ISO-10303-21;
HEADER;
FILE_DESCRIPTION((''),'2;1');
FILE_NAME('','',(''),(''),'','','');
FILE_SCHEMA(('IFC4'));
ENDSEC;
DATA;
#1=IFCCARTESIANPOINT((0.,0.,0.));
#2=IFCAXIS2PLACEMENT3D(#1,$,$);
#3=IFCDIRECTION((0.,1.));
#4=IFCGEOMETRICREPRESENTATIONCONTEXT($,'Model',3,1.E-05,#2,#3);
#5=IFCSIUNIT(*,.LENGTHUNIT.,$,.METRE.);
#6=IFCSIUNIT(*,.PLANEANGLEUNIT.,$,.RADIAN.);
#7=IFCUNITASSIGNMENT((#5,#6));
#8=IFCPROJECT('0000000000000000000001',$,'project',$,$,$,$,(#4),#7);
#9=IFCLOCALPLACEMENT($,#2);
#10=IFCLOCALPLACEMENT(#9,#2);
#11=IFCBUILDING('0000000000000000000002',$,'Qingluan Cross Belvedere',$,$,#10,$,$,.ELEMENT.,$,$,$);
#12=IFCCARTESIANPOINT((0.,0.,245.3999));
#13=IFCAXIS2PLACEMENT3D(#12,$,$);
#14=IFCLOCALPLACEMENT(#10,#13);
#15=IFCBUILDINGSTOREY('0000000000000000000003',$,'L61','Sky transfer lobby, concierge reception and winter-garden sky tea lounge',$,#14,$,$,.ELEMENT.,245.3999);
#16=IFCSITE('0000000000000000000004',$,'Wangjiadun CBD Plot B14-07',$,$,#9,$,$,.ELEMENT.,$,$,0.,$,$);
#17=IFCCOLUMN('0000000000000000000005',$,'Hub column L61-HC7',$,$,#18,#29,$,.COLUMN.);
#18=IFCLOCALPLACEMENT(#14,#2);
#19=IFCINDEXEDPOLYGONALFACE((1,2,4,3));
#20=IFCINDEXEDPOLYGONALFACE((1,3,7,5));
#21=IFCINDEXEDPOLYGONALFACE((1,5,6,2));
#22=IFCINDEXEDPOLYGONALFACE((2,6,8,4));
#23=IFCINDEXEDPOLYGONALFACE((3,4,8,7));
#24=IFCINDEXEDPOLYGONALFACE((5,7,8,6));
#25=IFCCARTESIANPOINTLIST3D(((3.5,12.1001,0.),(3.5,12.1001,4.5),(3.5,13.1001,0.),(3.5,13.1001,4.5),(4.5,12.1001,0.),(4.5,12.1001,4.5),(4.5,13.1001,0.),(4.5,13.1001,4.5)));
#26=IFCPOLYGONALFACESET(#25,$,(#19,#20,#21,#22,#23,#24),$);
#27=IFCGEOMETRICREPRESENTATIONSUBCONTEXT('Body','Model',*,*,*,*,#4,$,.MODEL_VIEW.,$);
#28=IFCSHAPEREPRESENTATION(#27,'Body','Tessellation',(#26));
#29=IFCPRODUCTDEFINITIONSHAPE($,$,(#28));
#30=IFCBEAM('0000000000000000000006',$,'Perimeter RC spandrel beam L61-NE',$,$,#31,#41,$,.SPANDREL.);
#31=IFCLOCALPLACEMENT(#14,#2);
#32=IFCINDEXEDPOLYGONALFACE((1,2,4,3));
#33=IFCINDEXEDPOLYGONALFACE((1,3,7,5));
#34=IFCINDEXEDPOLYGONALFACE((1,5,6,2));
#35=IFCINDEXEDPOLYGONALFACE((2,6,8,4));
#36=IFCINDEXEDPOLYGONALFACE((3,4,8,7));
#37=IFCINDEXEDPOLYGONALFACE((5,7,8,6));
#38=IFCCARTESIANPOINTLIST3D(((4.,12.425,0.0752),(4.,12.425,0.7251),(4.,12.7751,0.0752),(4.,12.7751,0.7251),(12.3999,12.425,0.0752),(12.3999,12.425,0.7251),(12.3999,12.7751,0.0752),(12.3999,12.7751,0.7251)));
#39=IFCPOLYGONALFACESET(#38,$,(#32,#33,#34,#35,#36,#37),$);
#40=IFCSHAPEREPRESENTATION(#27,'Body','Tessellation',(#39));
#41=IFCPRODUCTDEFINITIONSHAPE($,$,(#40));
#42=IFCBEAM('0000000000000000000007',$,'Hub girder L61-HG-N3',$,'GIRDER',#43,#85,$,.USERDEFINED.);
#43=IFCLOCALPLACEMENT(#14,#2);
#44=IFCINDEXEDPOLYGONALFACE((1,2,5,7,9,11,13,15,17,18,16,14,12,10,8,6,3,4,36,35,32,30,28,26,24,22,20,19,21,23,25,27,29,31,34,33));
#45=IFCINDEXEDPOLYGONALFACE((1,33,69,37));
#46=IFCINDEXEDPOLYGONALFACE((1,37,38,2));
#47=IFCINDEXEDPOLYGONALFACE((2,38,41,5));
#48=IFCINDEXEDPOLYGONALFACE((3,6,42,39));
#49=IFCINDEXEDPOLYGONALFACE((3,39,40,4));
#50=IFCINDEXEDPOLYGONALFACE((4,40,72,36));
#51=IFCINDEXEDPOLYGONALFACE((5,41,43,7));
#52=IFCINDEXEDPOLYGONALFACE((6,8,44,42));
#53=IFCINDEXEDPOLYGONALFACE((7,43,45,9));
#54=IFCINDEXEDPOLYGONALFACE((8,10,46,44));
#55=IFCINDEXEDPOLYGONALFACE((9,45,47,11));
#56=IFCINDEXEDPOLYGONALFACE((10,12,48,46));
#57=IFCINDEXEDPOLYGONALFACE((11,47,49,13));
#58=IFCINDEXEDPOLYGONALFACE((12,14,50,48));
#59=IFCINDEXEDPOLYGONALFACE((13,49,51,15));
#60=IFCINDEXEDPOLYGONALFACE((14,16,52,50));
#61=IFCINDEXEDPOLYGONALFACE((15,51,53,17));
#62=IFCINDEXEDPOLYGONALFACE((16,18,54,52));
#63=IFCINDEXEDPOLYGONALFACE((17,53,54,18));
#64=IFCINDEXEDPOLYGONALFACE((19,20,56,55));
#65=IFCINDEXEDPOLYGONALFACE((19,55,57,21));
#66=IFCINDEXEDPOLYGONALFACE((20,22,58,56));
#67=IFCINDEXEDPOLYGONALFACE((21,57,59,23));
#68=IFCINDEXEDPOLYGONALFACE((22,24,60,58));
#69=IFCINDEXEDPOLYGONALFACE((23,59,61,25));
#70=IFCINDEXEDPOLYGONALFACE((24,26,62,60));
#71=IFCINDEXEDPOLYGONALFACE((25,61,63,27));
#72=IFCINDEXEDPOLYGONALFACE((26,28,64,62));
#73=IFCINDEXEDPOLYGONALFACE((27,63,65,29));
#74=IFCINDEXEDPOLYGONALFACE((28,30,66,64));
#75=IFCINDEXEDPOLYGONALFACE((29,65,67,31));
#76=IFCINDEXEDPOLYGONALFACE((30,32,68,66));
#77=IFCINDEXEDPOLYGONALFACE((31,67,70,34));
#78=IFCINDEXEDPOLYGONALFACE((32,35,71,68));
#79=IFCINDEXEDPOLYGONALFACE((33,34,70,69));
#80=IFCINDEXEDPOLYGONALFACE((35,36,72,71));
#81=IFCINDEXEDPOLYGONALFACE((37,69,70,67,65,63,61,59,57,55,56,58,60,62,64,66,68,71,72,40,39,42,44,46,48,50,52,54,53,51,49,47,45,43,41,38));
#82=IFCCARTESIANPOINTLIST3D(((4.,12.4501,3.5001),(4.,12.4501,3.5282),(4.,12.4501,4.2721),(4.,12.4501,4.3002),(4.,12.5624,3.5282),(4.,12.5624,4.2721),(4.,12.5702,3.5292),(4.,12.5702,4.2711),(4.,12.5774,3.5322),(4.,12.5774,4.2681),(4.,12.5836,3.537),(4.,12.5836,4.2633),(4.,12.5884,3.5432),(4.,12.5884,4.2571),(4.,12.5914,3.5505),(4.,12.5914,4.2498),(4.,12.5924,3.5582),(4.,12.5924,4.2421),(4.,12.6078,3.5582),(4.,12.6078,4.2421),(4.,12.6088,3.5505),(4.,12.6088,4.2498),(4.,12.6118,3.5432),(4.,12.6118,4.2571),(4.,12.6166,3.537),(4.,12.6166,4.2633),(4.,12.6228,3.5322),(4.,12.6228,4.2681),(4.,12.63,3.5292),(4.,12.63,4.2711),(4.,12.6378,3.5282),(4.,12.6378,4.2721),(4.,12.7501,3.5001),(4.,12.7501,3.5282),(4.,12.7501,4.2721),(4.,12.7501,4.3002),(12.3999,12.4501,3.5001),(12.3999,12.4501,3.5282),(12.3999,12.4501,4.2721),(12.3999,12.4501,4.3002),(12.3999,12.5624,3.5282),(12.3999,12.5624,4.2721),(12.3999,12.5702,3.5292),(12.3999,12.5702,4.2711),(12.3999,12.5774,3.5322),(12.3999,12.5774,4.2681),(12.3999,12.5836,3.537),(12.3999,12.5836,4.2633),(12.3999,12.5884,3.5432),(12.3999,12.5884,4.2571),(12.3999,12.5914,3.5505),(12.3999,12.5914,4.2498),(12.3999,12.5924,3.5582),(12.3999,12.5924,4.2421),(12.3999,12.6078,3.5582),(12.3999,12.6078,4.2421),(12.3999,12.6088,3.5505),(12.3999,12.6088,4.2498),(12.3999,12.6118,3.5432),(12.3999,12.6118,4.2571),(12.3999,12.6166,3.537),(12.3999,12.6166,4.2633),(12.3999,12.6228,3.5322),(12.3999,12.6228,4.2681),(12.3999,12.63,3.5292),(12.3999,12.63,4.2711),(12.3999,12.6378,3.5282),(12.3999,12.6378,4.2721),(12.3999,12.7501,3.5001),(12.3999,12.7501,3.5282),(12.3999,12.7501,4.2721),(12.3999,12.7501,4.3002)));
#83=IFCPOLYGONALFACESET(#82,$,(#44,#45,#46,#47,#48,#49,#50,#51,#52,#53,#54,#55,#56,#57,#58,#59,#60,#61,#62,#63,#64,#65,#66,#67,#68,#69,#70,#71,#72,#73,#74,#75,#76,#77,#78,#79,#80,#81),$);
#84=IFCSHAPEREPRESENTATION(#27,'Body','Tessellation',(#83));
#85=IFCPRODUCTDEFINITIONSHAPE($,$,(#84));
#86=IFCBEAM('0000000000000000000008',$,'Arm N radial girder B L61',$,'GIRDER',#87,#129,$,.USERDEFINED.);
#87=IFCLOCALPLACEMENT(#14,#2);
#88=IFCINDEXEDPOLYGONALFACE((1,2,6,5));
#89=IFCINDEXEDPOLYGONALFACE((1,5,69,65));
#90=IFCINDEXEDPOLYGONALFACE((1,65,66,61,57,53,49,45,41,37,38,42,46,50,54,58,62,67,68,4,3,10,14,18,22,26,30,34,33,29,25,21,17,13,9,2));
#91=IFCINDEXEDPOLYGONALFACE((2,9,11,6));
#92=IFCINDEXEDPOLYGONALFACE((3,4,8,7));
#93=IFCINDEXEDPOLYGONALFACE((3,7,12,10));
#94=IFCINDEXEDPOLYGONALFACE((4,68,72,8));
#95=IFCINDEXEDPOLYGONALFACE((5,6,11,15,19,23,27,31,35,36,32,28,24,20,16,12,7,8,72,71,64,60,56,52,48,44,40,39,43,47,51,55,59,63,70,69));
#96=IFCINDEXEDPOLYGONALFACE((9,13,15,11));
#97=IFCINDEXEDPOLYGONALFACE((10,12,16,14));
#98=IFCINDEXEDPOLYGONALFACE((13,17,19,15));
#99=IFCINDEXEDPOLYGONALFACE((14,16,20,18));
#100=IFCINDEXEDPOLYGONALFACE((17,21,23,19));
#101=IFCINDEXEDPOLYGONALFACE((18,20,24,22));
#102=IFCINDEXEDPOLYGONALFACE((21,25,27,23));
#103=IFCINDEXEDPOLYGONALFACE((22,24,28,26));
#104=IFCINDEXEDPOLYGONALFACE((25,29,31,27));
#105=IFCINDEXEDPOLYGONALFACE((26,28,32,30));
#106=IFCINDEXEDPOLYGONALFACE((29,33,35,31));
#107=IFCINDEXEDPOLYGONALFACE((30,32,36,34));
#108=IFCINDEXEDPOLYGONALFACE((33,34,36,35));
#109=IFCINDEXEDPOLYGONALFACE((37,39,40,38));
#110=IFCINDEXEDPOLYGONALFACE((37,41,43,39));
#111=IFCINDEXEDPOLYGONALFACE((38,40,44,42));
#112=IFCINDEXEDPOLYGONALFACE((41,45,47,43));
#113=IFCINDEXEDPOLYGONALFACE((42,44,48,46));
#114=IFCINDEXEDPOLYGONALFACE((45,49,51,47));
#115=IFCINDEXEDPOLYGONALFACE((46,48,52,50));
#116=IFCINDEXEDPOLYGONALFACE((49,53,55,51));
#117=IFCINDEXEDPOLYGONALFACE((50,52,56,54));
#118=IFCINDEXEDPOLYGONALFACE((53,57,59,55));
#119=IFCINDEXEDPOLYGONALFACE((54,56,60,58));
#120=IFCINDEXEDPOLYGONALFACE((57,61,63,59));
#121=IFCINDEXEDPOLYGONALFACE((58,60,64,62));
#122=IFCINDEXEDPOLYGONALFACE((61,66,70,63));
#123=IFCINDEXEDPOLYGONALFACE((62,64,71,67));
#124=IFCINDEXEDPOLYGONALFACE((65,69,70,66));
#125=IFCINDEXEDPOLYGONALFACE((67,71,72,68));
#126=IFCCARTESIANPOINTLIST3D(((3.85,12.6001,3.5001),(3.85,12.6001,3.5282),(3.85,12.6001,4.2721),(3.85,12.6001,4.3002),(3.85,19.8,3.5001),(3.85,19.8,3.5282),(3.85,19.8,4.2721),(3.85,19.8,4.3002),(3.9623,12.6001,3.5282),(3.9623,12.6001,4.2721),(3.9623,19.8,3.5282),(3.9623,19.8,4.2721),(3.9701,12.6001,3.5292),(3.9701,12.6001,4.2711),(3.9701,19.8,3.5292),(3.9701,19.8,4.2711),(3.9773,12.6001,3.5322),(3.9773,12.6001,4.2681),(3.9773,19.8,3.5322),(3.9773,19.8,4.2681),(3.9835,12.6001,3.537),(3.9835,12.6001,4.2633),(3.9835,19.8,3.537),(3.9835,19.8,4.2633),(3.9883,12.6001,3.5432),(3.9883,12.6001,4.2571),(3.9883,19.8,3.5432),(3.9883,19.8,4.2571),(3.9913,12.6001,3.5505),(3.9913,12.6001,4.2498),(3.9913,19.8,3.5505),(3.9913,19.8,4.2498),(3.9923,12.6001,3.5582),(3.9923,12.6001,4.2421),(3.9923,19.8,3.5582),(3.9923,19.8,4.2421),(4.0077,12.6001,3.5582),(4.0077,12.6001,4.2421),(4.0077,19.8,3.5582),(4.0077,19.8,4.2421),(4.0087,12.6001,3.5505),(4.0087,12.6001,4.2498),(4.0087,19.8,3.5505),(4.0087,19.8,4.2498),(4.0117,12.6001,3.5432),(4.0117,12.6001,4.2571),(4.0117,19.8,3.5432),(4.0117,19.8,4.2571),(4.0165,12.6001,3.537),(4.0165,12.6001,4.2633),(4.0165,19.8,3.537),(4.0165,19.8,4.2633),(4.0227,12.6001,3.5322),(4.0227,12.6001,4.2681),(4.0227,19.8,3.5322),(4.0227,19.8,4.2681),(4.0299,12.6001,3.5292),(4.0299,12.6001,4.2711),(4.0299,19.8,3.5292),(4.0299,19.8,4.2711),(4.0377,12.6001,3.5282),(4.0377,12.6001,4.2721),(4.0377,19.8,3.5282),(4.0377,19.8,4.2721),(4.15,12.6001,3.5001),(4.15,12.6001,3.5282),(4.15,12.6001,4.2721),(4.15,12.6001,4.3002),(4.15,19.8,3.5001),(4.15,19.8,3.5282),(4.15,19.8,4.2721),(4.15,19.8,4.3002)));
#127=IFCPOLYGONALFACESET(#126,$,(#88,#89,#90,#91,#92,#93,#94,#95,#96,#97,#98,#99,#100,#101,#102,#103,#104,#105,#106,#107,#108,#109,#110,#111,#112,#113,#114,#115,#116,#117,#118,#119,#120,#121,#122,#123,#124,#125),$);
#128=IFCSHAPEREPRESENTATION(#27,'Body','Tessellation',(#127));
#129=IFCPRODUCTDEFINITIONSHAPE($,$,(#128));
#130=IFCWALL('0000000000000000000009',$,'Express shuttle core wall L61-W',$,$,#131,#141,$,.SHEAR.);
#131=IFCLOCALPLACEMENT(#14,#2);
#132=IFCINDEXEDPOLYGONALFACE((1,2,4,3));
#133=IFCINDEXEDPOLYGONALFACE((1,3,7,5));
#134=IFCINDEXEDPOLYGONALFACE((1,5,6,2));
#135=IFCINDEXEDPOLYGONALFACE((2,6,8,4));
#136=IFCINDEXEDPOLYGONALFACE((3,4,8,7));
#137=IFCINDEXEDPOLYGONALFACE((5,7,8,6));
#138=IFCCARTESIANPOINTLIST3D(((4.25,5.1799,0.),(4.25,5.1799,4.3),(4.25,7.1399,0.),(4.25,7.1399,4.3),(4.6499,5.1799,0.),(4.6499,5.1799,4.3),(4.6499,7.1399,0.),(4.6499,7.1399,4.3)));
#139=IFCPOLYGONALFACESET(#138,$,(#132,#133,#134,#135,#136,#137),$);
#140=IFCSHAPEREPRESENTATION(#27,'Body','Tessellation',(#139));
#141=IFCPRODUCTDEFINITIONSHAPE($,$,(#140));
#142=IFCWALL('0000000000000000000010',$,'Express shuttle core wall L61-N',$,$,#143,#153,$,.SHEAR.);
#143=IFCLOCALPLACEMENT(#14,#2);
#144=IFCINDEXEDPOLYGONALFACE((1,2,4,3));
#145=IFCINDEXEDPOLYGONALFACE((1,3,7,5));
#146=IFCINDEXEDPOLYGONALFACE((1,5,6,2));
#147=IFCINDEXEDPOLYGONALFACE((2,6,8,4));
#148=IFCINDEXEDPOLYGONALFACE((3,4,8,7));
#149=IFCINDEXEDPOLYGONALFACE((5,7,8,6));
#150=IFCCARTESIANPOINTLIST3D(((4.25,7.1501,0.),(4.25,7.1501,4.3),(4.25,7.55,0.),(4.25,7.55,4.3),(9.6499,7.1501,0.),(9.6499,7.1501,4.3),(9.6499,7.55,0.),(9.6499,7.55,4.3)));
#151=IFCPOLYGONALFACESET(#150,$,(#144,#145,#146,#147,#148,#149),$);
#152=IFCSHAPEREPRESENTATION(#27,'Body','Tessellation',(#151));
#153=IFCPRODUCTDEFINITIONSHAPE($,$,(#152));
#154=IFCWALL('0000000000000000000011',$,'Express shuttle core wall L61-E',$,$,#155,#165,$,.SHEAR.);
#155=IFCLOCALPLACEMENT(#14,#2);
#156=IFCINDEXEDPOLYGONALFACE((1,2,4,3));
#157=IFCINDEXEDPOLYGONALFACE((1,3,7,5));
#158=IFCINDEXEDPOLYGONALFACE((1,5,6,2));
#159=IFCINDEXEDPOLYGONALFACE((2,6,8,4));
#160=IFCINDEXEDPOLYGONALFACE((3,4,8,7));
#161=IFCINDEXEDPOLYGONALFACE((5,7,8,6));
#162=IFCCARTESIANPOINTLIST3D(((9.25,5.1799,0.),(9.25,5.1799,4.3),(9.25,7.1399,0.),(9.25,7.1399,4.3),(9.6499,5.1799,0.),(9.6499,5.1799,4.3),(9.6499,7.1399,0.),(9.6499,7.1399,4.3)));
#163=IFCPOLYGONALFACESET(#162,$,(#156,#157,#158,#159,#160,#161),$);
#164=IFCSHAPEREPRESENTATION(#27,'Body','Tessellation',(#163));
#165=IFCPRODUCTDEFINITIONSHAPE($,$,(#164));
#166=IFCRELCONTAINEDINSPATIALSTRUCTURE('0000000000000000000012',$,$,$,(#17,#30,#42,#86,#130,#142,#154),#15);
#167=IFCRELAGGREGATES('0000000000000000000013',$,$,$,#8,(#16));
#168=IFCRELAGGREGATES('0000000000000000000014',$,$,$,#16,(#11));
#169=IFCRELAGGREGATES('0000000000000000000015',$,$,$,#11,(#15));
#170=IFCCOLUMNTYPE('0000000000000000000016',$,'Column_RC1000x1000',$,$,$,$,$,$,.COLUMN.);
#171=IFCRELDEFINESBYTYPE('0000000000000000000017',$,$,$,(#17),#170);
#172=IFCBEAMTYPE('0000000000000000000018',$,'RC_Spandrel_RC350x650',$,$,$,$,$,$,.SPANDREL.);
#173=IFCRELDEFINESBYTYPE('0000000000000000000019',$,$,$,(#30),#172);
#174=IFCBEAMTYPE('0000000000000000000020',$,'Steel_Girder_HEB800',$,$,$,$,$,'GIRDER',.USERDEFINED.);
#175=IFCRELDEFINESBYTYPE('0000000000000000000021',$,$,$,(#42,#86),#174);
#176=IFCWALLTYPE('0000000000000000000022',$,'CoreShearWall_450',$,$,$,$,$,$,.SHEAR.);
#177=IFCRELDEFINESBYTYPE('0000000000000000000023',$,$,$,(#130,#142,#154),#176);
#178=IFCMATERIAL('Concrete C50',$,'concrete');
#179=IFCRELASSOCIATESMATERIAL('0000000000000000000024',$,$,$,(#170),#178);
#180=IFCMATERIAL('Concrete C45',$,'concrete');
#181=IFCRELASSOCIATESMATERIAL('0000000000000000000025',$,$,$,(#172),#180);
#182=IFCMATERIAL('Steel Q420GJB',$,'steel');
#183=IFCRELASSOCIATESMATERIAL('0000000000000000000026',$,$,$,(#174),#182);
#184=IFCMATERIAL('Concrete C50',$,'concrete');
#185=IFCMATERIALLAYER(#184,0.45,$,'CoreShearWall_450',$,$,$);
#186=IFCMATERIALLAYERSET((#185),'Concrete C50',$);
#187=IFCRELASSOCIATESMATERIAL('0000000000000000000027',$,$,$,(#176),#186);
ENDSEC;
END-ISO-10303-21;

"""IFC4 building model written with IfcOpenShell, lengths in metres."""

from ifc_helpers import new_model, si_unit, direction, frame, frame_2d, origin, origin_2d, place, context, subcontext, project, spatial, rectangle, i_section, extrude, material, layer, layer_set, material_profile, profile_set, type_object, element, save


model = new_model("IFC4")

# Units and contexts
model_context = context("Model", 3, precision=1e-05, world=origin(), true_north=direction((0.0, 1.0)))
body_context = subcontext(model_context, "Body", "Model", "MODEL_VIEW")
ifc_project = project(units=[si_unit("LENGTHUNIT", "METRE"), si_unit("PLANEANGLEUNIT", "RADIAN")], contexts=[model_context])

# Site, building, storey
site_placement = place(None, origin())
site = spatial("IfcSite", under=ifc_project, at=site_placement, Name="Wangjiadun CBD Plot B14-07", CompositionType="ELEMENT", RefElevation=0.0)
building_placement = place(site_placement, origin())
building = spatial("IfcBuilding", under=site, at=building_placement, Name="Qingluan Cross Belvedere", CompositionType="ELEMENT")
storey_placement = place(building_placement, frame((0.0, 0.0, 245.3999)))
storey = spatial("IfcBuildingStorey", under=building, at=storey_placement, Name="L61", Description="Sky transfer lobby, concierge reception and winter-garden sky tea lounge", CompositionType="ELEMENT", Elevation=245.3999)

# Column
ifc_material_1 = material(Name="Concrete C50", Category="concrete")
ifc_material_profile_1 = material_profile(ifc_material_1, rectangle(XDim=1.0, YDim=1.0, at=origin_2d()), Name="RC1000x1000")
ifc_profile_set_1 = profile_set([ifc_material_profile_1], Name="Concrete C50")
column_type = type_object("IfcColumnType", Name="Column_RC1000x1000", PredefinedType="COLUMN", material=ifc_profile_set_1)
column_placement = place(storey_placement, frame((4.0, 12.6001, 0.0), z_axis=(0.0, 0.0, 1.0), x_axis=(1.0, 0.0, 0.0)))
element("IfcColumn", 1, at=column_placement, inside=storey, type_object=column_type, Name="Hub column L61-HC7", PredefinedType="COLUMN", context=body_context, shape_type="SweptSolid", body=[
    extrude(rectangle(XDim=1.0, YDim=1.0, at=origin_2d()), origin(), (0.0, 0.0, 1.0), 4.5),
])

# Beams
ifc_material_2 = material(Name="Concrete C45", Category="concrete")
ifc_material_profile_2 = material_profile(ifc_material_2, rectangle(XDim=0.3501, YDim=0.6499, at=origin_2d()), Name="RC350x650")
ifc_profile_set_2 = profile_set([ifc_material_profile_2], Name="Concrete C45")
beam_type_1 = type_object("IfcBeamType", Name="RC_Spandrel_RC350x650", PredefinedType="SPANDREL", material=ifc_profile_set_2)
beam_1_placement = place(storey_placement, frame((4.0, 12.6001, 0.4001), z_axis=(1.0, 0.0, 0.0), x_axis=(0.0, 1.0, 0.0)))
element("IfcBeam", 2, at=beam_1_placement, inside=storey, type_object=beam_type_1, Name="Perimeter RC spandrel beam L61-NE", PredefinedType="SPANDREL", context=body_context, shape_type="SweptSolid", body=[
    extrude(rectangle(XDim=0.3501, YDim=0.6499, at=origin_2d()), origin(), (0.0, 0.0, 1.0), 8.3999),
])
ifc_material_3 = material(Name="Steel Q420GJB", Category="steel")
ifc_material_profile_3 = material_profile(ifc_material_3, i_section(OverallWidth=0.3, OverallDepth=0.8, WebThickness=0.0154, FlangeThickness=0.0281, FilletRadius=0.03, at=origin_2d()), Name="HEB800")
ifc_profile_set_3 = profile_set([ifc_material_profile_3], Name="Steel Q420GJB")
beam_type_2 = type_object("IfcBeamType", Name="Steel_Girder_HEB800", ElementType="GIRDER", PredefinedType="USERDEFINED", material=ifc_profile_set_3)
beam_2_placement = place(storey_placement, frame((4.0, 12.6001, 3.9001), z_axis=(1.0, 0.0, 0.0), x_axis=(0.0, 1.0, 0.0)))
element("IfcBeam", 3, at=beam_2_placement, inside=storey, type_object=beam_type_2, Name="Hub girder L61-HG-N3", ObjectType="GIRDER", PredefinedType="USERDEFINED", context=body_context, shape_type="SweptSolid", body=[
    extrude(i_section(OverallWidth=0.3, OverallDepth=0.8, WebThickness=0.0154, FlangeThickness=0.0281, FilletRadius=0.03, at=origin_2d()), origin(), (0.0, 0.0, 1.0), 8.3999),
])
beam_3_placement = place(storey_placement, frame((4.0, 12.6001, 3.9001), z_axis=(0.0, 1.0, 0.0), x_axis=(-1.0, 0.0, 0.0)))
element("IfcBeam", 4, at=beam_3_placement, inside=storey, type_object=beam_type_2, Name="Arm N radial girder B L61", ObjectType="GIRDER", PredefinedType="USERDEFINED", context=body_context, shape_type="SweptSolid", body=[
    extrude(i_section(OverallWidth=0.3, OverallDepth=0.8, WebThickness=0.0154, FlangeThickness=0.0281, FilletRadius=0.03, at=origin_2d()), origin(), (0.0, 0.0, 1.0), 7.2),
])

# Walls
ifc_material_4 = material(Name="Concrete C50", Category="concrete")
ifc_layer_1 = layer(ifc_material_4, 0.45, Name="CoreShearWall_450")
ifc_layer_set_1 = layer_set([ifc_layer_1], Name="Concrete C50")
wall_type_1 = type_object("IfcWallType", Name="CoreShearWall_450", PredefinedType="SHEAR", material=ifc_layer_set_1)
wall_1_placement = place(storey_placement, frame((4.45, 5.1799, 0.0), z_axis=(0.0, 0.0, 1.0), x_axis=(0.0, 1.0, 0.0)))
element("IfcWall", 5, at=wall_1_placement, inside=storey, type_object=wall_type_1, Name="Express shuttle core wall L61-W", PredefinedType="SHEAR", context=body_context, shape_type="SweptSolid", body=[
    extrude(rectangle(XDim=1.96, YDim=0.3999, at=frame_2d((0.98, 0.0))), origin(), (0.0, 0.0, 1.0), 4.3),
])
wall_2_placement = place(storey_placement, frame((4.25, 7.3501, 0.0), z_axis=(0.0, 0.0, 1.0), x_axis=(1.0, 0.0, 0.0)))
element("IfcWall", 6, at=wall_2_placement, inside=storey, type_object=wall_type_1, Name="Express shuttle core wall L61-N", PredefinedType="SHEAR", context=body_context, shape_type="SweptSolid", body=[
    extrude(rectangle(XDim=5.3999, YDim=0.3999, at=frame_2d((2.7, 0.0))), origin(), (0.0, 0.0, 1.0), 4.3),
])
wall_3_placement = place(storey_placement, frame((9.45, 5.1799, 0.0), z_axis=(0.0, 0.0, 1.0), x_axis=(0.0, 1.0, 0.0)))
element("IfcWall", 7, at=wall_3_placement, inside=storey, type_object=wall_type_1, Name="Express shuttle core wall L61-E", PredefinedType="SHEAR", context=body_context, shape_type="SweptSolid", body=[
    extrude(rectangle(XDim=1.96, YDim=0.3999, at=frame_2d((0.98, 0.0))), origin(), (0.0, 0.0, 1.0), 4.3),
])

save(model, "model.ifc")
